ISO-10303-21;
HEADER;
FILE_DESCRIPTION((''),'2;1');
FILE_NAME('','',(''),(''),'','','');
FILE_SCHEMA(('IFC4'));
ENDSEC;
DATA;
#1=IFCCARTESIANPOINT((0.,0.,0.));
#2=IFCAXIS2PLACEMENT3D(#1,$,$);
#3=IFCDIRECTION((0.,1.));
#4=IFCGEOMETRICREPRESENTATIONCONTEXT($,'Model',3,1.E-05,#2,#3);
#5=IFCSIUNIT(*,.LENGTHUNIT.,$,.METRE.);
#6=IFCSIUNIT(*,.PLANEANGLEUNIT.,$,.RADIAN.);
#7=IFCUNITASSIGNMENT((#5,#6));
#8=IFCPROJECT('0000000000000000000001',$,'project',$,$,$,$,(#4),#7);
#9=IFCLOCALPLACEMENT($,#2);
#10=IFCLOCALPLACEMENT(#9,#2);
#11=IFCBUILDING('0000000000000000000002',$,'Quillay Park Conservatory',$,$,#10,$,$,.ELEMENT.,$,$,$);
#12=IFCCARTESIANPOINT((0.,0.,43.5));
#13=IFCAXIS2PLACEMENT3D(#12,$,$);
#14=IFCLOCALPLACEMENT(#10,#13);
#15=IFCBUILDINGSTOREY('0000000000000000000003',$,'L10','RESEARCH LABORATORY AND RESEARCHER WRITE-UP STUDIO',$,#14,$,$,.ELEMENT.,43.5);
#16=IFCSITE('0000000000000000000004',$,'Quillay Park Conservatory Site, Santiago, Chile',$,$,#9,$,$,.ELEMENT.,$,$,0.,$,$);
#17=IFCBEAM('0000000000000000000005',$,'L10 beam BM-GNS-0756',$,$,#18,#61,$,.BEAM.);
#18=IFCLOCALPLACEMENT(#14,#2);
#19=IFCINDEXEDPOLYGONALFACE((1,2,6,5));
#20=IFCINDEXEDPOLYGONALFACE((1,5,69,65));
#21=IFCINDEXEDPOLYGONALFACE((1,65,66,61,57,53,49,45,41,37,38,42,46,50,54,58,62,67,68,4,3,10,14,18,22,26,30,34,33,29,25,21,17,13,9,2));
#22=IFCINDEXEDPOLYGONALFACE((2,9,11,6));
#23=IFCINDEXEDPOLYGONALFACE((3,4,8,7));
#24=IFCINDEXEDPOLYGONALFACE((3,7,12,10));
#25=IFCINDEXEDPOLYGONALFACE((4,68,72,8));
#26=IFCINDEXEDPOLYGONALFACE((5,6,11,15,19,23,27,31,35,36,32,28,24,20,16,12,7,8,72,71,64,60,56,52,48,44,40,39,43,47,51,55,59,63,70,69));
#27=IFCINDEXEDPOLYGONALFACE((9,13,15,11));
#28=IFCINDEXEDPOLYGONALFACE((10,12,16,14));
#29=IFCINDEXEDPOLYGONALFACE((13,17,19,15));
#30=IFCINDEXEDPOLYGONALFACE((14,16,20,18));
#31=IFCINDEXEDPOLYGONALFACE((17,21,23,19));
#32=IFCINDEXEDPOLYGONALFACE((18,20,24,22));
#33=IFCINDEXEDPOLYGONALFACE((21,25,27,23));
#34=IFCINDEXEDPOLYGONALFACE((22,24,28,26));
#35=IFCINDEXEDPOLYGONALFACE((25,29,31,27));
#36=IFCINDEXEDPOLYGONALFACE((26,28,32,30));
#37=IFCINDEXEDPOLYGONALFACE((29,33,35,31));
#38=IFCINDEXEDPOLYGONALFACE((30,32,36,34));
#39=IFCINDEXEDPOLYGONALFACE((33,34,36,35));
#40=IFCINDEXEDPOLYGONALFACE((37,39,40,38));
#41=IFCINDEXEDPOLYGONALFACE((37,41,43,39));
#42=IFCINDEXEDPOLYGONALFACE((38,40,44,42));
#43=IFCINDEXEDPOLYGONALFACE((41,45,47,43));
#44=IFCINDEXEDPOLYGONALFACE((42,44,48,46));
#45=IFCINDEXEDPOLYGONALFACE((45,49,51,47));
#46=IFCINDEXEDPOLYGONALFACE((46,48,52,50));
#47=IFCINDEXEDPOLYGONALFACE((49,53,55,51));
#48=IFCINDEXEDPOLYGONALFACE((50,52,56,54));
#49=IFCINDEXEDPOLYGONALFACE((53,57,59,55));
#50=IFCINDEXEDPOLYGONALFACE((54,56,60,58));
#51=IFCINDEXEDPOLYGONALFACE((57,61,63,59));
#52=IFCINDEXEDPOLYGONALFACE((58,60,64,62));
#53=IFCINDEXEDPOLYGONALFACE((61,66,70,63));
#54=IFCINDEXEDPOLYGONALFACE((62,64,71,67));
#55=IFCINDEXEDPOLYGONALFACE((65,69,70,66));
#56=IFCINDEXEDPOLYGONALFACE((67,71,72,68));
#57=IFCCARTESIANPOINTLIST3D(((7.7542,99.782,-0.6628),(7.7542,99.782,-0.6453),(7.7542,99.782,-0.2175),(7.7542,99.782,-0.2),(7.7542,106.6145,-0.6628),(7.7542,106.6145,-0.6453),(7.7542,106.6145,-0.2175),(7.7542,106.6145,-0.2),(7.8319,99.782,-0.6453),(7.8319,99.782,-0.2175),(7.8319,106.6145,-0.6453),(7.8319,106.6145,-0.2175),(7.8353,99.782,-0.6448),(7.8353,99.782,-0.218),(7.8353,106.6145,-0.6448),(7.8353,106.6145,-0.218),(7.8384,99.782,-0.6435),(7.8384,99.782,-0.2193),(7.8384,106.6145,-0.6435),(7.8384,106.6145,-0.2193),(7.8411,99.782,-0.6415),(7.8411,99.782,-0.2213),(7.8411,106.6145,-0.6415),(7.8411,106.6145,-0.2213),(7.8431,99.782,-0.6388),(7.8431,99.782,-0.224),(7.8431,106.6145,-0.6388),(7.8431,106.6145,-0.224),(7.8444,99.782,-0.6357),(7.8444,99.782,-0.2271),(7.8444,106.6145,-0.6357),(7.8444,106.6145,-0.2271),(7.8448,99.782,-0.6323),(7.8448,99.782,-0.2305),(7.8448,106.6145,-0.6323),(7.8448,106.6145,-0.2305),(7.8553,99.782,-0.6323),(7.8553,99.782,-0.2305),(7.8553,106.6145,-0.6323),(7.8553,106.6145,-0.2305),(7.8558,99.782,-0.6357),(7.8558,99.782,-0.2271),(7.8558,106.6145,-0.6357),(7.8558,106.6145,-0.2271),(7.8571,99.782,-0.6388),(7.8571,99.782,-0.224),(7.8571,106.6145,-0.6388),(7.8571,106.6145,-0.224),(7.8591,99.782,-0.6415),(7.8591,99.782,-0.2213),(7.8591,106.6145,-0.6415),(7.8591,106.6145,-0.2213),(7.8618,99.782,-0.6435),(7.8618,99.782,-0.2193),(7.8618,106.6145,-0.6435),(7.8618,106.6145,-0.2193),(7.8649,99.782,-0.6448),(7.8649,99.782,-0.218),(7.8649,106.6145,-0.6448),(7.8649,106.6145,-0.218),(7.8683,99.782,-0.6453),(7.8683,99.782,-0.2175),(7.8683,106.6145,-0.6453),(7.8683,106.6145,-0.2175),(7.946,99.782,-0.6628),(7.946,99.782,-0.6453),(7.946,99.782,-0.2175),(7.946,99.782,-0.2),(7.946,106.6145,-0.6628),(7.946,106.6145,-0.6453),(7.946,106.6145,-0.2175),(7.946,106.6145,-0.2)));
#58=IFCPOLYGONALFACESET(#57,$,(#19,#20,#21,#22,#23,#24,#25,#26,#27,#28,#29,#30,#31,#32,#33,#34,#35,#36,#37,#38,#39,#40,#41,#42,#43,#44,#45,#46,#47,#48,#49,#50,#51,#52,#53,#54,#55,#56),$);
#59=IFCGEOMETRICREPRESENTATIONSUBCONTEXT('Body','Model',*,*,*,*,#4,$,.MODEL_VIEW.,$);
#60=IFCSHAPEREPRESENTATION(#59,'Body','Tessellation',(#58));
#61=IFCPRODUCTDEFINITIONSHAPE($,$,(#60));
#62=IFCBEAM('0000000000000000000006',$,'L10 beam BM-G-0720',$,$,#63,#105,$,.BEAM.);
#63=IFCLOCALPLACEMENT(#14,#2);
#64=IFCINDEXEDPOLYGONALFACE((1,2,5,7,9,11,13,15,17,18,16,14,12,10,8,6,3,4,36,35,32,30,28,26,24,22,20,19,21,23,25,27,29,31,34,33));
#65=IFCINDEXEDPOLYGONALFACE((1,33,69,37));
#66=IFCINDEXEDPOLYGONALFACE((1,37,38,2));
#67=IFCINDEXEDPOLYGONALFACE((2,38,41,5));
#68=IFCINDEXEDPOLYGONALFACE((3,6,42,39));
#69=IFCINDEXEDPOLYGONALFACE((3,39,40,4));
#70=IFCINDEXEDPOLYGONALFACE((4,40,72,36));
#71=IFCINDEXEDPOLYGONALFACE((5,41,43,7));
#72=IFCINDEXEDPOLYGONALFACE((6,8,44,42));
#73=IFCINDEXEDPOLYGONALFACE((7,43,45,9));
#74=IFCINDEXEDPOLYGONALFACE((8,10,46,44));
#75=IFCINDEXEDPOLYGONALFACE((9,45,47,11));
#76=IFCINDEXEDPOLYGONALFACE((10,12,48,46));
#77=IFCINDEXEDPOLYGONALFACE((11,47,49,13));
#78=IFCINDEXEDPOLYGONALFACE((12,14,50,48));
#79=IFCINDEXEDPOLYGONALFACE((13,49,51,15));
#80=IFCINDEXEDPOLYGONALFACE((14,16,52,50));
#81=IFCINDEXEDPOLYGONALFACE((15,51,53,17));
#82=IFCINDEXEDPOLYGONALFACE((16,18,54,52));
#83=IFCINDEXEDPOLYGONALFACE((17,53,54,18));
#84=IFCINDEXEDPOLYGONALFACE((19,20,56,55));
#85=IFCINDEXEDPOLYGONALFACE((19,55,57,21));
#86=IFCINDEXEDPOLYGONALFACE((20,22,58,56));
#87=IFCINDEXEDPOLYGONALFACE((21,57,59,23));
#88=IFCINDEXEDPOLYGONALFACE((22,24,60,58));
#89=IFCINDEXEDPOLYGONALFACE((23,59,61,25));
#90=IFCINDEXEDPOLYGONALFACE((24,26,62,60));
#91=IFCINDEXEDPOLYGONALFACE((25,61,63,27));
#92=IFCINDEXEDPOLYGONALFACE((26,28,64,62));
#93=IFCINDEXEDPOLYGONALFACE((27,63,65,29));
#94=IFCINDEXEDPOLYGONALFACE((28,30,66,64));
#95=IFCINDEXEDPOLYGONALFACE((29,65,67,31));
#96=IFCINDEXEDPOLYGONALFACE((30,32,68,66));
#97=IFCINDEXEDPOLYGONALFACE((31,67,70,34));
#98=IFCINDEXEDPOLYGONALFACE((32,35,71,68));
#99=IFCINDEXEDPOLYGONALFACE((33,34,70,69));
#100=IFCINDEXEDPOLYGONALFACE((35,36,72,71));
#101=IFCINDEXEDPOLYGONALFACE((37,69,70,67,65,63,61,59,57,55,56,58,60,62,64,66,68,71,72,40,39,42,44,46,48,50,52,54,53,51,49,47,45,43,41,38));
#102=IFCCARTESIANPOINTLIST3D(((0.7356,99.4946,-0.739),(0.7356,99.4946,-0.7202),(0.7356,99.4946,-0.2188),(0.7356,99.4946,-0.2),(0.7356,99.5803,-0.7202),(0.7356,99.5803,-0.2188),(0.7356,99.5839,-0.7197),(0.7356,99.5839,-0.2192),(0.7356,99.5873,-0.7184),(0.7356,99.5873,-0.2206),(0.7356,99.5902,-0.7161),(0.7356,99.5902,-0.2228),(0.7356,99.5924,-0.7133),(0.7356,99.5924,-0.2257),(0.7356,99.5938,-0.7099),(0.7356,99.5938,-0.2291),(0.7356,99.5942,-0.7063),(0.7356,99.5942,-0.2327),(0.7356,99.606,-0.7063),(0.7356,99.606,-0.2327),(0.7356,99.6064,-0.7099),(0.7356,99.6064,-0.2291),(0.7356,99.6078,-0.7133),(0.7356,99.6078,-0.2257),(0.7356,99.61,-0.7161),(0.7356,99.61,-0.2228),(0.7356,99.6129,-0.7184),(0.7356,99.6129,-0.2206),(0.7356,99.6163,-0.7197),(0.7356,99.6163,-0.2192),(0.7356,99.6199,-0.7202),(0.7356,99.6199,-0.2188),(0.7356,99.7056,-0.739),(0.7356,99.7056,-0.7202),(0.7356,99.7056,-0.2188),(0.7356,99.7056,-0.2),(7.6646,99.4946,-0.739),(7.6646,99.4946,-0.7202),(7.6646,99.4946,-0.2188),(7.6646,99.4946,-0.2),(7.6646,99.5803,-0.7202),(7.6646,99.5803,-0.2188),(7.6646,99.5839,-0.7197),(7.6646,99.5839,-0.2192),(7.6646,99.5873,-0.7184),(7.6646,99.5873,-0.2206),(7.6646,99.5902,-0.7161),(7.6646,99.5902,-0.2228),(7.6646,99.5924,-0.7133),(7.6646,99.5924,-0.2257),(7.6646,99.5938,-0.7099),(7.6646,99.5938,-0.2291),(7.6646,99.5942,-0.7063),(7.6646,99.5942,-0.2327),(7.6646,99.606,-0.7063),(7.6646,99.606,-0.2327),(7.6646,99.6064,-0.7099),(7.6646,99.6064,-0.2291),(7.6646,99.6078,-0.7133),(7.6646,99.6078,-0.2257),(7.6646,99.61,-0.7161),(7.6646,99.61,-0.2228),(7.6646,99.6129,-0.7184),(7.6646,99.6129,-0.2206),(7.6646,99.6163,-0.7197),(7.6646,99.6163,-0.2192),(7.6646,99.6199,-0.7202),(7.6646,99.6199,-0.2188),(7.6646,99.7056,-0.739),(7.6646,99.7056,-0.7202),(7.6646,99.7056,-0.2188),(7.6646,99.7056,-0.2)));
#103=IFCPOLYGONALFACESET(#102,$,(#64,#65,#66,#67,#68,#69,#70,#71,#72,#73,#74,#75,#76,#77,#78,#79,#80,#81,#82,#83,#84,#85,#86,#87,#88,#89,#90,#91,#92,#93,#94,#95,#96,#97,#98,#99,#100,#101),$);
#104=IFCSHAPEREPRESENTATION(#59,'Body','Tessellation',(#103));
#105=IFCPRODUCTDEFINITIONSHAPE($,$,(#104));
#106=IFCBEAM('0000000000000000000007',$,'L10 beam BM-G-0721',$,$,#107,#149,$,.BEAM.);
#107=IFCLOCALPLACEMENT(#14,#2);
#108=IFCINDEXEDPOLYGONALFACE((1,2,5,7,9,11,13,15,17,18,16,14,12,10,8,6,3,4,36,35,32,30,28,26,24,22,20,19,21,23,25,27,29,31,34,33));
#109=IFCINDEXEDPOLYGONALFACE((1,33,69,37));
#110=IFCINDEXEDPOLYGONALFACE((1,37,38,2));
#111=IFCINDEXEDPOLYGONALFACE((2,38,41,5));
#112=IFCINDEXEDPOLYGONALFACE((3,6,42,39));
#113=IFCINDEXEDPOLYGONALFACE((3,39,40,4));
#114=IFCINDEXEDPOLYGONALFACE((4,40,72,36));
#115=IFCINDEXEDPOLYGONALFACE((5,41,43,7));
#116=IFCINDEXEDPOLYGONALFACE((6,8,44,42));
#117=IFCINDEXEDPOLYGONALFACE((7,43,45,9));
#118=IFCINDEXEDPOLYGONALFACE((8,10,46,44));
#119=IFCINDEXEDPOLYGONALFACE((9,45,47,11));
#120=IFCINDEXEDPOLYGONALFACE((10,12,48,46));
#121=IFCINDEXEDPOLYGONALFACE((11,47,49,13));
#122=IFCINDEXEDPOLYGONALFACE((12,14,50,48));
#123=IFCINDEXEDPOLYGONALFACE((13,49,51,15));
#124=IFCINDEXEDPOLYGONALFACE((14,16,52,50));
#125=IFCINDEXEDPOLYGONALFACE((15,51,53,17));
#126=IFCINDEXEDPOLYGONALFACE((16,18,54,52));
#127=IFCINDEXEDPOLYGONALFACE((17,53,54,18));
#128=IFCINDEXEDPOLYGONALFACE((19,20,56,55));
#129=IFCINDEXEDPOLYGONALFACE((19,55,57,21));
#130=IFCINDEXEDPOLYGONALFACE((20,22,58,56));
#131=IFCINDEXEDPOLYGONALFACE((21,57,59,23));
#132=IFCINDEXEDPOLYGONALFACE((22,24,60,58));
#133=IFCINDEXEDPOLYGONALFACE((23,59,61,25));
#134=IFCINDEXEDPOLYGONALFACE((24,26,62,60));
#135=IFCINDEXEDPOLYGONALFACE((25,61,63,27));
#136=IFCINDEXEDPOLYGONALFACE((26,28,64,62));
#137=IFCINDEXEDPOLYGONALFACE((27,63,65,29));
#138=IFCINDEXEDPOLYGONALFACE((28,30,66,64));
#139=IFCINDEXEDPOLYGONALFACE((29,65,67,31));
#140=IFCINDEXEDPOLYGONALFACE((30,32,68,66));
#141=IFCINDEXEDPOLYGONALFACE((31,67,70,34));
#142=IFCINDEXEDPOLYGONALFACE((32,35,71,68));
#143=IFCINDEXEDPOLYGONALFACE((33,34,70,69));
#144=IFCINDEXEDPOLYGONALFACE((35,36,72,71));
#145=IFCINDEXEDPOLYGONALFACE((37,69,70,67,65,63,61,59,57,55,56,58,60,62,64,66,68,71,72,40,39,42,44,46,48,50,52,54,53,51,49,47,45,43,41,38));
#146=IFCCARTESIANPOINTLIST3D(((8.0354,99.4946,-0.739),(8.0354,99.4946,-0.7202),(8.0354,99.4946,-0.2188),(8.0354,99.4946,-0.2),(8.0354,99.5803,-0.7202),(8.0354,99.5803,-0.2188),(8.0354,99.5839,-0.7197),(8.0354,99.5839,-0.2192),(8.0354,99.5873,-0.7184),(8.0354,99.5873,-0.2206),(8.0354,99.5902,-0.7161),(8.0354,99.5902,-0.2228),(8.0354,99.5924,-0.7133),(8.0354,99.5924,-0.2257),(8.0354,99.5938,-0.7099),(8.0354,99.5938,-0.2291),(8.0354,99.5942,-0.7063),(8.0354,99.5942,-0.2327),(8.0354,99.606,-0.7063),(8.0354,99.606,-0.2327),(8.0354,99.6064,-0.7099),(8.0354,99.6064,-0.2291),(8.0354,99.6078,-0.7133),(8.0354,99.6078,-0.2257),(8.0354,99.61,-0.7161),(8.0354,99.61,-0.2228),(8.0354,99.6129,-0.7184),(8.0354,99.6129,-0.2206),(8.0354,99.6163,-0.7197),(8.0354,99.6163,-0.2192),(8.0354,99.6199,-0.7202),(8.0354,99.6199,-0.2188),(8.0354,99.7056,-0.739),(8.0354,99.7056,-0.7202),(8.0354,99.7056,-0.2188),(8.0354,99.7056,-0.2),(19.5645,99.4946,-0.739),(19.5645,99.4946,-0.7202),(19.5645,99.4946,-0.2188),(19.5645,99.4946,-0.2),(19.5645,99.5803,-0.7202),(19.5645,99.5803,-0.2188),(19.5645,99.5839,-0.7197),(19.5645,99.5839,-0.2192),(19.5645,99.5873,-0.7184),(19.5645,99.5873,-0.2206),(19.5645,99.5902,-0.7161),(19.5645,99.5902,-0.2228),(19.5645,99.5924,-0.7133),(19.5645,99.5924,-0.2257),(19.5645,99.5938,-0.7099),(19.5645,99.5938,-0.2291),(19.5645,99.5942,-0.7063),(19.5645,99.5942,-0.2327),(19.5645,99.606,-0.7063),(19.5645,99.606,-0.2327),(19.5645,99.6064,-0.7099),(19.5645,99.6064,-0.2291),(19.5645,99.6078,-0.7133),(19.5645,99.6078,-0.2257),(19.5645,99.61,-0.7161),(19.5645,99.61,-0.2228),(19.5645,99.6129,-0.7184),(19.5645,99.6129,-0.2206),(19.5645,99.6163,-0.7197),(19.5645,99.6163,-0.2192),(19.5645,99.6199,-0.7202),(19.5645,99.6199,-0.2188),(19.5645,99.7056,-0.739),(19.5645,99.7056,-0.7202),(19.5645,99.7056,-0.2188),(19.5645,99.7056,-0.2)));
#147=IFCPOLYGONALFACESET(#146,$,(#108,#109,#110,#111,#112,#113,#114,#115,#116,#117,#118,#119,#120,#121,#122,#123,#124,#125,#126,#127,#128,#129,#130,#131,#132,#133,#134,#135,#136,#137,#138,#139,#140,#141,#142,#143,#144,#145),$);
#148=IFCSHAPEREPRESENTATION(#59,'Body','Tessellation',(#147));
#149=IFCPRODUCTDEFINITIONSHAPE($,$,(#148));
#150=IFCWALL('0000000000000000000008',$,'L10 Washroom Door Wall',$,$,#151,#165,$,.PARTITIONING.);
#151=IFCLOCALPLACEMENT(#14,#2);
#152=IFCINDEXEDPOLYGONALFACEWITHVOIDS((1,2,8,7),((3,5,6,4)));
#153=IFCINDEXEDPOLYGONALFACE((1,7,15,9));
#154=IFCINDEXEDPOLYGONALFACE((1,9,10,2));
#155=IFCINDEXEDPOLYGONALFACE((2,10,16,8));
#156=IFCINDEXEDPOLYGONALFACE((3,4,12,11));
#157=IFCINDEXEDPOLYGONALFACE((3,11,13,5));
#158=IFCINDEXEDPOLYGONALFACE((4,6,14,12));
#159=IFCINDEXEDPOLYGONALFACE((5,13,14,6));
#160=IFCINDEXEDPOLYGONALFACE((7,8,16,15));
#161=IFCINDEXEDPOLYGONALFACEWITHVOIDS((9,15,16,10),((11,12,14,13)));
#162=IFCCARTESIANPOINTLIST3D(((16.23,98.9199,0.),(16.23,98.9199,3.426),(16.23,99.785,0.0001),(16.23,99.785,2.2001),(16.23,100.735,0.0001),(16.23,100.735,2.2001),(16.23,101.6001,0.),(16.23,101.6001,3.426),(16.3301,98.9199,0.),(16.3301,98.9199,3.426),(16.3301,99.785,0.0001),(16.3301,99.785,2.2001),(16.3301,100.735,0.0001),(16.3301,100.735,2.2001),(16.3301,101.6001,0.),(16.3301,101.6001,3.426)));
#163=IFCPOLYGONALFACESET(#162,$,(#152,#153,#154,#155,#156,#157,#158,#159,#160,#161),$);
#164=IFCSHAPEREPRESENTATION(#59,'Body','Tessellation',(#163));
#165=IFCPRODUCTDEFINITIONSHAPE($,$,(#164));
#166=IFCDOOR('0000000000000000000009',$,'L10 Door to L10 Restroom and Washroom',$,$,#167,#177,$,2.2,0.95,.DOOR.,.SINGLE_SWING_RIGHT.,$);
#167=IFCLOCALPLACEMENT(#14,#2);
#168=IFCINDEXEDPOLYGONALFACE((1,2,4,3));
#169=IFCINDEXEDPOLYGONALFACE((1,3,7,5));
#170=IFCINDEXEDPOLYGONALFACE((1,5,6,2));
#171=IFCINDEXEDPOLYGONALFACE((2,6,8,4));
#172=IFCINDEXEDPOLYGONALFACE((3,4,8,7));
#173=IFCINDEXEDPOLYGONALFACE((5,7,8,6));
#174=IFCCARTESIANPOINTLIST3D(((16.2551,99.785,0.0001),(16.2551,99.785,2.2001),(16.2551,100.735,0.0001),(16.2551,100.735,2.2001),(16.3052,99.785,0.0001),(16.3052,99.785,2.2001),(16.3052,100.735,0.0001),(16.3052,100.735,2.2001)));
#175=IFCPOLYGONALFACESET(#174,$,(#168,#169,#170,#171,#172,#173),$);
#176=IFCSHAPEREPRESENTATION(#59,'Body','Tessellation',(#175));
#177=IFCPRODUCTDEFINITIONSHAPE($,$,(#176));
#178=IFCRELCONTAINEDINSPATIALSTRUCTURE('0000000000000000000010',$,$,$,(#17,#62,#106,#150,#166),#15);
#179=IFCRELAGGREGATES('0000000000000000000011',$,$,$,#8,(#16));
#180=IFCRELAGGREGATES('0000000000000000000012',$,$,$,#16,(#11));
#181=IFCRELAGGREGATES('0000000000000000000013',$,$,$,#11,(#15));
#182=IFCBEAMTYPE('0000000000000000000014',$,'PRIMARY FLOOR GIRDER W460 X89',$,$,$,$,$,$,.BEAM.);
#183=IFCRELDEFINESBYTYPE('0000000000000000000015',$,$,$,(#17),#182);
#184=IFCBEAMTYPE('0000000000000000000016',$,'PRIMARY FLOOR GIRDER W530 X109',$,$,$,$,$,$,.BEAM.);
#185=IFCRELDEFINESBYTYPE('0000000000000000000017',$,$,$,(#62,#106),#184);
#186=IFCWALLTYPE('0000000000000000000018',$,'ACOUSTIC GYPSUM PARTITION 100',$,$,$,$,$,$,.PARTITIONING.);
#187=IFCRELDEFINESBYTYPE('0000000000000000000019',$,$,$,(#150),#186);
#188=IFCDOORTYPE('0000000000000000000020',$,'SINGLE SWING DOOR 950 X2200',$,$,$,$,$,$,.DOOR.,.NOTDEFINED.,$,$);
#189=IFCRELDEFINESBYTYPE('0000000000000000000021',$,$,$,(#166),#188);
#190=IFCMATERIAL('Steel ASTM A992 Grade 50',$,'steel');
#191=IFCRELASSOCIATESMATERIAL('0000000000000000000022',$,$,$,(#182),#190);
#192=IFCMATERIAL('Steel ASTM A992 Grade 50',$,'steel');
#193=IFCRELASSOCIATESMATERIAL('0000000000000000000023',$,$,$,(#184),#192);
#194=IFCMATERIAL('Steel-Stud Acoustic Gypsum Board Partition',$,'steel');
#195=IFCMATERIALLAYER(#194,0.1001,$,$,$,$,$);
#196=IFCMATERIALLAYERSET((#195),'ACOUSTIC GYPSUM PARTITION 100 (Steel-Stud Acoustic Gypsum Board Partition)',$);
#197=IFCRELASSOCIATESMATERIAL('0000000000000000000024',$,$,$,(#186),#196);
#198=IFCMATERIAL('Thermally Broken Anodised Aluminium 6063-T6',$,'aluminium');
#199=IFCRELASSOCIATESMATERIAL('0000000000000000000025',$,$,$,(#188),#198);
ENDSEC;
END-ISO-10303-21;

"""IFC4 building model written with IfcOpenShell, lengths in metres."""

from ifc_helpers import new_model, si_unit, direction, frame, frame_2d, origin, origin_2d, place, context, subcontext, project, spatial, rectangle, i_section, extrude, material, layer, layer_set, material_profile, profile_set, type_object, element, fill, save


model = new_model("IFC4")

# Units and contexts
model_context = context("Model", 3, precision=1e-05, world=origin(), true_north=direction((0.0, 1.0)))
body_context = subcontext(model_context, "Body", "Model", "MODEL_VIEW")
ifc_project = project(units=[si_unit("LENGTHUNIT", "METRE"), si_unit("PLANEANGLEUNIT", "RADIAN")], contexts=[model_context])

# Site, building, storey
site_placement = place(None, origin())
site = spatial("IfcSite", under=ifc_project, at=site_placement, Name="Quillay Park Conservatory Site, Santiago, Chile", CompositionType="ELEMENT", RefElevation=0.0)
building_placement = place(site_placement, origin())
building = spatial("IfcBuilding", under=site, at=building_placement, Name="Quillay Park Conservatory", CompositionType="ELEMENT")
storey_placement = place(building_placement, frame((0.0, 0.0, 43.5)))
storey = spatial("IfcBuildingStorey", under=building, at=storey_placement, Name="L10", Description="RESEARCH LABORATORY AND RESEARCHER WRITE-UP STUDIO", CompositionType="ELEMENT", Elevation=43.5)

# Beams
ifc_material_1 = material(Name="Steel ASTM A992 Grade 50", Category="steel")
ifc_material_profile_1 = material_profile(ifc_material_1, i_section(OverallWidth=0.1919, OverallDepth=0.4629, WebThickness=0.0105, FlangeThickness=0.0176, FilletRadius=0.0129, at=origin_2d()), Name="W460x89")
ifc_profile_set_1 = profile_set([ifc_material_profile_1], Name="Steel ASTM A992 Grade 50")
beam_type_1 = type_object("IfcBeamType", Name="PRIMARY FLOOR GIRDER W460 X89", PredefinedType="BEAM", material=ifc_profile_set_1)
beam_1_placement = place(storey_placement, frame((7.8501, 99.782, -0.4314), z_axis=(0.0, 1.0, 0.0), x_axis=(-1.0, 0.0, 0.0)))
element("IfcBeam", 1, at=beam_1_placement, inside=storey, type_object=beam_type_1, Name="L10 beam BM-GNS-0756", PredefinedType="BEAM", context=body_context, shape_type="SweptSolid", body=[
    extrude(i_section(OverallWidth=0.1919, OverallDepth=0.4629, WebThickness=0.0105, FlangeThickness=0.0176, FilletRadius=0.0129, at=origin_2d()), origin(), (0.0, 0.0, 1.0), 6.8325),
])
ifc_material_2 = material(Name="Steel ASTM A992 Grade 50", Category="steel")
ifc_material_profile_2 = material_profile(ifc_material_2, i_section(OverallWidth=0.2109, OverallDepth=0.5391, WebThickness=0.0117, FlangeThickness=0.0188, FilletRadius=0.0139, at=origin_2d()), Name="W530x109")
ifc_profile_set_2 = profile_set([ifc_material_profile_2], Name="Steel ASTM A992 Grade 50")
beam_type_2 = type_object("IfcBeamType", Name="PRIMARY FLOOR GIRDER W530 X109", PredefinedType="BEAM", material=ifc_profile_set_2)
beam_2_placement = place(storey_placement, frame((0.7356, 99.6001, -0.4695), z_axis=(1.0, 0.0, 0.0), x_axis=(0.0, 1.0, 0.0)))
element("IfcBeam", 2, at=beam_2_placement, inside=storey, type_object=beam_type_2, Name="L10 beam BM-G-0720", PredefinedType="BEAM", context=body_context, shape_type="SweptSolid", body=[
    extrude(i_section(OverallWidth=0.2109, OverallDepth=0.5391, WebThickness=0.0117, FlangeThickness=0.0188, FilletRadius=0.0139, at=origin_2d()), origin(), (0.0, 0.0, 1.0), 6.929),
])
beam_3_placement = place(storey_placement, frame((8.0354, 99.6001, -0.4695), z_axis=(1.0, 0.0, 0.0), x_axis=(0.0, 1.0, 0.0)))
element("IfcBeam", 3, at=beam_3_placement, inside=storey, type_object=beam_type_2, Name="L10 beam BM-G-0721", PredefinedType="BEAM", context=body_context, shape_type="SweptSolid", body=[
    extrude(i_section(OverallWidth=0.2109, OverallDepth=0.5391, WebThickness=0.0117, FlangeThickness=0.0188, FilletRadius=0.0139, at=origin_2d()), origin(), (0.0, 0.0, 1.0), 11.5291),
])

# Wall, opening, door
ifc_material_3 = material(Name="Steel-Stud Acoustic Gypsum Board Partition", Category="steel")
ifc_layer_1 = layer(ifc_material_3, 0.1001)
ifc_layer_set_1 = layer_set([ifc_layer_1], Name="ACOUSTIC GYPSUM PARTITION 100 (Steel-Stud Acoustic Gypsum Board Partition)")
wall_type_1 = type_object("IfcWallType", Name="ACOUSTIC GYPSUM PARTITION 100", PredefinedType="PARTITIONING", material=ifc_layer_set_1)
wall_1_placement = place(storey_placement, frame((16.28, 98.9199, 0.0), z_axis=(0.0, 0.0, 1.0), x_axis=(0.0, 1.0, 0.0)))
wall_1 = element("IfcWall", 4, at=wall_1_placement, inside=storey, type_object=wall_type_1, Name="L10 Washroom Door Wall", PredefinedType="PARTITIONING", context=body_context, shape_type="SweptSolid", body=[
    extrude(rectangle(XDim=2.6802, YDim=0.1001, at=frame_2d((1.3401, 0.0))), origin(), (0.0, 0.0, 1.0), 3.426),
])
opening_1_placement = place(wall_1_placement, frame((0.865, 0.0, 0.0)))
opening_1 = element("IfcOpeningElement", 5, at=opening_1_placement, cuts=wall_1, PredefinedType="OPENING", context=body_context, shape_type="SweptSolid", body=[
    extrude(rectangle(XDim=0.95, YDim=2.2, at=frame_2d((0.4751, 1.1001))), frame((0.0, 0.05, 0.0), z_axis=(0.0, -1.0, 0.0), x_axis=(1.0, 0.0, 0.0)), (0.0, 0.0, 1.0), 0.1001),
])
ifc_material_4 = material(Name="Thermally Broken Anodised Aluminium 6063-T6", Category="aluminium")
door_type_1 = type_object("IfcDoorType", Name="SINGLE SWING DOOR 950 X2200", OperationType="NOTDEFINED", PredefinedType="DOOR", material=ifc_material_4)
door_1_placement = place(opening_1_placement, origin())
door_1 = element("IfcDoor", 6, at=door_1_placement, inside=storey, type_object=door_type_1, Name="L10 Door to L10 Restroom and Washroom", OperationType="SINGLE_SWING_RIGHT", OverallHeight=2.2, OverallWidth=0.95, PredefinedType="DOOR", context=body_context, shape_type="SweptSolid", body=[
    extrude(rectangle(XDim=0.95, YDim=2.2, at=frame_2d((0.4751, 1.1001))), frame((0.0, 0.0249, 0.0), z_axis=(0.0, -1.0, 0.0), x_axis=(1.0, 0.0, 0.0)), (0.0, 0.0, 1.0), 0.05),
])
fill(opening_1, door_1)

save(model, "model.ifc")
